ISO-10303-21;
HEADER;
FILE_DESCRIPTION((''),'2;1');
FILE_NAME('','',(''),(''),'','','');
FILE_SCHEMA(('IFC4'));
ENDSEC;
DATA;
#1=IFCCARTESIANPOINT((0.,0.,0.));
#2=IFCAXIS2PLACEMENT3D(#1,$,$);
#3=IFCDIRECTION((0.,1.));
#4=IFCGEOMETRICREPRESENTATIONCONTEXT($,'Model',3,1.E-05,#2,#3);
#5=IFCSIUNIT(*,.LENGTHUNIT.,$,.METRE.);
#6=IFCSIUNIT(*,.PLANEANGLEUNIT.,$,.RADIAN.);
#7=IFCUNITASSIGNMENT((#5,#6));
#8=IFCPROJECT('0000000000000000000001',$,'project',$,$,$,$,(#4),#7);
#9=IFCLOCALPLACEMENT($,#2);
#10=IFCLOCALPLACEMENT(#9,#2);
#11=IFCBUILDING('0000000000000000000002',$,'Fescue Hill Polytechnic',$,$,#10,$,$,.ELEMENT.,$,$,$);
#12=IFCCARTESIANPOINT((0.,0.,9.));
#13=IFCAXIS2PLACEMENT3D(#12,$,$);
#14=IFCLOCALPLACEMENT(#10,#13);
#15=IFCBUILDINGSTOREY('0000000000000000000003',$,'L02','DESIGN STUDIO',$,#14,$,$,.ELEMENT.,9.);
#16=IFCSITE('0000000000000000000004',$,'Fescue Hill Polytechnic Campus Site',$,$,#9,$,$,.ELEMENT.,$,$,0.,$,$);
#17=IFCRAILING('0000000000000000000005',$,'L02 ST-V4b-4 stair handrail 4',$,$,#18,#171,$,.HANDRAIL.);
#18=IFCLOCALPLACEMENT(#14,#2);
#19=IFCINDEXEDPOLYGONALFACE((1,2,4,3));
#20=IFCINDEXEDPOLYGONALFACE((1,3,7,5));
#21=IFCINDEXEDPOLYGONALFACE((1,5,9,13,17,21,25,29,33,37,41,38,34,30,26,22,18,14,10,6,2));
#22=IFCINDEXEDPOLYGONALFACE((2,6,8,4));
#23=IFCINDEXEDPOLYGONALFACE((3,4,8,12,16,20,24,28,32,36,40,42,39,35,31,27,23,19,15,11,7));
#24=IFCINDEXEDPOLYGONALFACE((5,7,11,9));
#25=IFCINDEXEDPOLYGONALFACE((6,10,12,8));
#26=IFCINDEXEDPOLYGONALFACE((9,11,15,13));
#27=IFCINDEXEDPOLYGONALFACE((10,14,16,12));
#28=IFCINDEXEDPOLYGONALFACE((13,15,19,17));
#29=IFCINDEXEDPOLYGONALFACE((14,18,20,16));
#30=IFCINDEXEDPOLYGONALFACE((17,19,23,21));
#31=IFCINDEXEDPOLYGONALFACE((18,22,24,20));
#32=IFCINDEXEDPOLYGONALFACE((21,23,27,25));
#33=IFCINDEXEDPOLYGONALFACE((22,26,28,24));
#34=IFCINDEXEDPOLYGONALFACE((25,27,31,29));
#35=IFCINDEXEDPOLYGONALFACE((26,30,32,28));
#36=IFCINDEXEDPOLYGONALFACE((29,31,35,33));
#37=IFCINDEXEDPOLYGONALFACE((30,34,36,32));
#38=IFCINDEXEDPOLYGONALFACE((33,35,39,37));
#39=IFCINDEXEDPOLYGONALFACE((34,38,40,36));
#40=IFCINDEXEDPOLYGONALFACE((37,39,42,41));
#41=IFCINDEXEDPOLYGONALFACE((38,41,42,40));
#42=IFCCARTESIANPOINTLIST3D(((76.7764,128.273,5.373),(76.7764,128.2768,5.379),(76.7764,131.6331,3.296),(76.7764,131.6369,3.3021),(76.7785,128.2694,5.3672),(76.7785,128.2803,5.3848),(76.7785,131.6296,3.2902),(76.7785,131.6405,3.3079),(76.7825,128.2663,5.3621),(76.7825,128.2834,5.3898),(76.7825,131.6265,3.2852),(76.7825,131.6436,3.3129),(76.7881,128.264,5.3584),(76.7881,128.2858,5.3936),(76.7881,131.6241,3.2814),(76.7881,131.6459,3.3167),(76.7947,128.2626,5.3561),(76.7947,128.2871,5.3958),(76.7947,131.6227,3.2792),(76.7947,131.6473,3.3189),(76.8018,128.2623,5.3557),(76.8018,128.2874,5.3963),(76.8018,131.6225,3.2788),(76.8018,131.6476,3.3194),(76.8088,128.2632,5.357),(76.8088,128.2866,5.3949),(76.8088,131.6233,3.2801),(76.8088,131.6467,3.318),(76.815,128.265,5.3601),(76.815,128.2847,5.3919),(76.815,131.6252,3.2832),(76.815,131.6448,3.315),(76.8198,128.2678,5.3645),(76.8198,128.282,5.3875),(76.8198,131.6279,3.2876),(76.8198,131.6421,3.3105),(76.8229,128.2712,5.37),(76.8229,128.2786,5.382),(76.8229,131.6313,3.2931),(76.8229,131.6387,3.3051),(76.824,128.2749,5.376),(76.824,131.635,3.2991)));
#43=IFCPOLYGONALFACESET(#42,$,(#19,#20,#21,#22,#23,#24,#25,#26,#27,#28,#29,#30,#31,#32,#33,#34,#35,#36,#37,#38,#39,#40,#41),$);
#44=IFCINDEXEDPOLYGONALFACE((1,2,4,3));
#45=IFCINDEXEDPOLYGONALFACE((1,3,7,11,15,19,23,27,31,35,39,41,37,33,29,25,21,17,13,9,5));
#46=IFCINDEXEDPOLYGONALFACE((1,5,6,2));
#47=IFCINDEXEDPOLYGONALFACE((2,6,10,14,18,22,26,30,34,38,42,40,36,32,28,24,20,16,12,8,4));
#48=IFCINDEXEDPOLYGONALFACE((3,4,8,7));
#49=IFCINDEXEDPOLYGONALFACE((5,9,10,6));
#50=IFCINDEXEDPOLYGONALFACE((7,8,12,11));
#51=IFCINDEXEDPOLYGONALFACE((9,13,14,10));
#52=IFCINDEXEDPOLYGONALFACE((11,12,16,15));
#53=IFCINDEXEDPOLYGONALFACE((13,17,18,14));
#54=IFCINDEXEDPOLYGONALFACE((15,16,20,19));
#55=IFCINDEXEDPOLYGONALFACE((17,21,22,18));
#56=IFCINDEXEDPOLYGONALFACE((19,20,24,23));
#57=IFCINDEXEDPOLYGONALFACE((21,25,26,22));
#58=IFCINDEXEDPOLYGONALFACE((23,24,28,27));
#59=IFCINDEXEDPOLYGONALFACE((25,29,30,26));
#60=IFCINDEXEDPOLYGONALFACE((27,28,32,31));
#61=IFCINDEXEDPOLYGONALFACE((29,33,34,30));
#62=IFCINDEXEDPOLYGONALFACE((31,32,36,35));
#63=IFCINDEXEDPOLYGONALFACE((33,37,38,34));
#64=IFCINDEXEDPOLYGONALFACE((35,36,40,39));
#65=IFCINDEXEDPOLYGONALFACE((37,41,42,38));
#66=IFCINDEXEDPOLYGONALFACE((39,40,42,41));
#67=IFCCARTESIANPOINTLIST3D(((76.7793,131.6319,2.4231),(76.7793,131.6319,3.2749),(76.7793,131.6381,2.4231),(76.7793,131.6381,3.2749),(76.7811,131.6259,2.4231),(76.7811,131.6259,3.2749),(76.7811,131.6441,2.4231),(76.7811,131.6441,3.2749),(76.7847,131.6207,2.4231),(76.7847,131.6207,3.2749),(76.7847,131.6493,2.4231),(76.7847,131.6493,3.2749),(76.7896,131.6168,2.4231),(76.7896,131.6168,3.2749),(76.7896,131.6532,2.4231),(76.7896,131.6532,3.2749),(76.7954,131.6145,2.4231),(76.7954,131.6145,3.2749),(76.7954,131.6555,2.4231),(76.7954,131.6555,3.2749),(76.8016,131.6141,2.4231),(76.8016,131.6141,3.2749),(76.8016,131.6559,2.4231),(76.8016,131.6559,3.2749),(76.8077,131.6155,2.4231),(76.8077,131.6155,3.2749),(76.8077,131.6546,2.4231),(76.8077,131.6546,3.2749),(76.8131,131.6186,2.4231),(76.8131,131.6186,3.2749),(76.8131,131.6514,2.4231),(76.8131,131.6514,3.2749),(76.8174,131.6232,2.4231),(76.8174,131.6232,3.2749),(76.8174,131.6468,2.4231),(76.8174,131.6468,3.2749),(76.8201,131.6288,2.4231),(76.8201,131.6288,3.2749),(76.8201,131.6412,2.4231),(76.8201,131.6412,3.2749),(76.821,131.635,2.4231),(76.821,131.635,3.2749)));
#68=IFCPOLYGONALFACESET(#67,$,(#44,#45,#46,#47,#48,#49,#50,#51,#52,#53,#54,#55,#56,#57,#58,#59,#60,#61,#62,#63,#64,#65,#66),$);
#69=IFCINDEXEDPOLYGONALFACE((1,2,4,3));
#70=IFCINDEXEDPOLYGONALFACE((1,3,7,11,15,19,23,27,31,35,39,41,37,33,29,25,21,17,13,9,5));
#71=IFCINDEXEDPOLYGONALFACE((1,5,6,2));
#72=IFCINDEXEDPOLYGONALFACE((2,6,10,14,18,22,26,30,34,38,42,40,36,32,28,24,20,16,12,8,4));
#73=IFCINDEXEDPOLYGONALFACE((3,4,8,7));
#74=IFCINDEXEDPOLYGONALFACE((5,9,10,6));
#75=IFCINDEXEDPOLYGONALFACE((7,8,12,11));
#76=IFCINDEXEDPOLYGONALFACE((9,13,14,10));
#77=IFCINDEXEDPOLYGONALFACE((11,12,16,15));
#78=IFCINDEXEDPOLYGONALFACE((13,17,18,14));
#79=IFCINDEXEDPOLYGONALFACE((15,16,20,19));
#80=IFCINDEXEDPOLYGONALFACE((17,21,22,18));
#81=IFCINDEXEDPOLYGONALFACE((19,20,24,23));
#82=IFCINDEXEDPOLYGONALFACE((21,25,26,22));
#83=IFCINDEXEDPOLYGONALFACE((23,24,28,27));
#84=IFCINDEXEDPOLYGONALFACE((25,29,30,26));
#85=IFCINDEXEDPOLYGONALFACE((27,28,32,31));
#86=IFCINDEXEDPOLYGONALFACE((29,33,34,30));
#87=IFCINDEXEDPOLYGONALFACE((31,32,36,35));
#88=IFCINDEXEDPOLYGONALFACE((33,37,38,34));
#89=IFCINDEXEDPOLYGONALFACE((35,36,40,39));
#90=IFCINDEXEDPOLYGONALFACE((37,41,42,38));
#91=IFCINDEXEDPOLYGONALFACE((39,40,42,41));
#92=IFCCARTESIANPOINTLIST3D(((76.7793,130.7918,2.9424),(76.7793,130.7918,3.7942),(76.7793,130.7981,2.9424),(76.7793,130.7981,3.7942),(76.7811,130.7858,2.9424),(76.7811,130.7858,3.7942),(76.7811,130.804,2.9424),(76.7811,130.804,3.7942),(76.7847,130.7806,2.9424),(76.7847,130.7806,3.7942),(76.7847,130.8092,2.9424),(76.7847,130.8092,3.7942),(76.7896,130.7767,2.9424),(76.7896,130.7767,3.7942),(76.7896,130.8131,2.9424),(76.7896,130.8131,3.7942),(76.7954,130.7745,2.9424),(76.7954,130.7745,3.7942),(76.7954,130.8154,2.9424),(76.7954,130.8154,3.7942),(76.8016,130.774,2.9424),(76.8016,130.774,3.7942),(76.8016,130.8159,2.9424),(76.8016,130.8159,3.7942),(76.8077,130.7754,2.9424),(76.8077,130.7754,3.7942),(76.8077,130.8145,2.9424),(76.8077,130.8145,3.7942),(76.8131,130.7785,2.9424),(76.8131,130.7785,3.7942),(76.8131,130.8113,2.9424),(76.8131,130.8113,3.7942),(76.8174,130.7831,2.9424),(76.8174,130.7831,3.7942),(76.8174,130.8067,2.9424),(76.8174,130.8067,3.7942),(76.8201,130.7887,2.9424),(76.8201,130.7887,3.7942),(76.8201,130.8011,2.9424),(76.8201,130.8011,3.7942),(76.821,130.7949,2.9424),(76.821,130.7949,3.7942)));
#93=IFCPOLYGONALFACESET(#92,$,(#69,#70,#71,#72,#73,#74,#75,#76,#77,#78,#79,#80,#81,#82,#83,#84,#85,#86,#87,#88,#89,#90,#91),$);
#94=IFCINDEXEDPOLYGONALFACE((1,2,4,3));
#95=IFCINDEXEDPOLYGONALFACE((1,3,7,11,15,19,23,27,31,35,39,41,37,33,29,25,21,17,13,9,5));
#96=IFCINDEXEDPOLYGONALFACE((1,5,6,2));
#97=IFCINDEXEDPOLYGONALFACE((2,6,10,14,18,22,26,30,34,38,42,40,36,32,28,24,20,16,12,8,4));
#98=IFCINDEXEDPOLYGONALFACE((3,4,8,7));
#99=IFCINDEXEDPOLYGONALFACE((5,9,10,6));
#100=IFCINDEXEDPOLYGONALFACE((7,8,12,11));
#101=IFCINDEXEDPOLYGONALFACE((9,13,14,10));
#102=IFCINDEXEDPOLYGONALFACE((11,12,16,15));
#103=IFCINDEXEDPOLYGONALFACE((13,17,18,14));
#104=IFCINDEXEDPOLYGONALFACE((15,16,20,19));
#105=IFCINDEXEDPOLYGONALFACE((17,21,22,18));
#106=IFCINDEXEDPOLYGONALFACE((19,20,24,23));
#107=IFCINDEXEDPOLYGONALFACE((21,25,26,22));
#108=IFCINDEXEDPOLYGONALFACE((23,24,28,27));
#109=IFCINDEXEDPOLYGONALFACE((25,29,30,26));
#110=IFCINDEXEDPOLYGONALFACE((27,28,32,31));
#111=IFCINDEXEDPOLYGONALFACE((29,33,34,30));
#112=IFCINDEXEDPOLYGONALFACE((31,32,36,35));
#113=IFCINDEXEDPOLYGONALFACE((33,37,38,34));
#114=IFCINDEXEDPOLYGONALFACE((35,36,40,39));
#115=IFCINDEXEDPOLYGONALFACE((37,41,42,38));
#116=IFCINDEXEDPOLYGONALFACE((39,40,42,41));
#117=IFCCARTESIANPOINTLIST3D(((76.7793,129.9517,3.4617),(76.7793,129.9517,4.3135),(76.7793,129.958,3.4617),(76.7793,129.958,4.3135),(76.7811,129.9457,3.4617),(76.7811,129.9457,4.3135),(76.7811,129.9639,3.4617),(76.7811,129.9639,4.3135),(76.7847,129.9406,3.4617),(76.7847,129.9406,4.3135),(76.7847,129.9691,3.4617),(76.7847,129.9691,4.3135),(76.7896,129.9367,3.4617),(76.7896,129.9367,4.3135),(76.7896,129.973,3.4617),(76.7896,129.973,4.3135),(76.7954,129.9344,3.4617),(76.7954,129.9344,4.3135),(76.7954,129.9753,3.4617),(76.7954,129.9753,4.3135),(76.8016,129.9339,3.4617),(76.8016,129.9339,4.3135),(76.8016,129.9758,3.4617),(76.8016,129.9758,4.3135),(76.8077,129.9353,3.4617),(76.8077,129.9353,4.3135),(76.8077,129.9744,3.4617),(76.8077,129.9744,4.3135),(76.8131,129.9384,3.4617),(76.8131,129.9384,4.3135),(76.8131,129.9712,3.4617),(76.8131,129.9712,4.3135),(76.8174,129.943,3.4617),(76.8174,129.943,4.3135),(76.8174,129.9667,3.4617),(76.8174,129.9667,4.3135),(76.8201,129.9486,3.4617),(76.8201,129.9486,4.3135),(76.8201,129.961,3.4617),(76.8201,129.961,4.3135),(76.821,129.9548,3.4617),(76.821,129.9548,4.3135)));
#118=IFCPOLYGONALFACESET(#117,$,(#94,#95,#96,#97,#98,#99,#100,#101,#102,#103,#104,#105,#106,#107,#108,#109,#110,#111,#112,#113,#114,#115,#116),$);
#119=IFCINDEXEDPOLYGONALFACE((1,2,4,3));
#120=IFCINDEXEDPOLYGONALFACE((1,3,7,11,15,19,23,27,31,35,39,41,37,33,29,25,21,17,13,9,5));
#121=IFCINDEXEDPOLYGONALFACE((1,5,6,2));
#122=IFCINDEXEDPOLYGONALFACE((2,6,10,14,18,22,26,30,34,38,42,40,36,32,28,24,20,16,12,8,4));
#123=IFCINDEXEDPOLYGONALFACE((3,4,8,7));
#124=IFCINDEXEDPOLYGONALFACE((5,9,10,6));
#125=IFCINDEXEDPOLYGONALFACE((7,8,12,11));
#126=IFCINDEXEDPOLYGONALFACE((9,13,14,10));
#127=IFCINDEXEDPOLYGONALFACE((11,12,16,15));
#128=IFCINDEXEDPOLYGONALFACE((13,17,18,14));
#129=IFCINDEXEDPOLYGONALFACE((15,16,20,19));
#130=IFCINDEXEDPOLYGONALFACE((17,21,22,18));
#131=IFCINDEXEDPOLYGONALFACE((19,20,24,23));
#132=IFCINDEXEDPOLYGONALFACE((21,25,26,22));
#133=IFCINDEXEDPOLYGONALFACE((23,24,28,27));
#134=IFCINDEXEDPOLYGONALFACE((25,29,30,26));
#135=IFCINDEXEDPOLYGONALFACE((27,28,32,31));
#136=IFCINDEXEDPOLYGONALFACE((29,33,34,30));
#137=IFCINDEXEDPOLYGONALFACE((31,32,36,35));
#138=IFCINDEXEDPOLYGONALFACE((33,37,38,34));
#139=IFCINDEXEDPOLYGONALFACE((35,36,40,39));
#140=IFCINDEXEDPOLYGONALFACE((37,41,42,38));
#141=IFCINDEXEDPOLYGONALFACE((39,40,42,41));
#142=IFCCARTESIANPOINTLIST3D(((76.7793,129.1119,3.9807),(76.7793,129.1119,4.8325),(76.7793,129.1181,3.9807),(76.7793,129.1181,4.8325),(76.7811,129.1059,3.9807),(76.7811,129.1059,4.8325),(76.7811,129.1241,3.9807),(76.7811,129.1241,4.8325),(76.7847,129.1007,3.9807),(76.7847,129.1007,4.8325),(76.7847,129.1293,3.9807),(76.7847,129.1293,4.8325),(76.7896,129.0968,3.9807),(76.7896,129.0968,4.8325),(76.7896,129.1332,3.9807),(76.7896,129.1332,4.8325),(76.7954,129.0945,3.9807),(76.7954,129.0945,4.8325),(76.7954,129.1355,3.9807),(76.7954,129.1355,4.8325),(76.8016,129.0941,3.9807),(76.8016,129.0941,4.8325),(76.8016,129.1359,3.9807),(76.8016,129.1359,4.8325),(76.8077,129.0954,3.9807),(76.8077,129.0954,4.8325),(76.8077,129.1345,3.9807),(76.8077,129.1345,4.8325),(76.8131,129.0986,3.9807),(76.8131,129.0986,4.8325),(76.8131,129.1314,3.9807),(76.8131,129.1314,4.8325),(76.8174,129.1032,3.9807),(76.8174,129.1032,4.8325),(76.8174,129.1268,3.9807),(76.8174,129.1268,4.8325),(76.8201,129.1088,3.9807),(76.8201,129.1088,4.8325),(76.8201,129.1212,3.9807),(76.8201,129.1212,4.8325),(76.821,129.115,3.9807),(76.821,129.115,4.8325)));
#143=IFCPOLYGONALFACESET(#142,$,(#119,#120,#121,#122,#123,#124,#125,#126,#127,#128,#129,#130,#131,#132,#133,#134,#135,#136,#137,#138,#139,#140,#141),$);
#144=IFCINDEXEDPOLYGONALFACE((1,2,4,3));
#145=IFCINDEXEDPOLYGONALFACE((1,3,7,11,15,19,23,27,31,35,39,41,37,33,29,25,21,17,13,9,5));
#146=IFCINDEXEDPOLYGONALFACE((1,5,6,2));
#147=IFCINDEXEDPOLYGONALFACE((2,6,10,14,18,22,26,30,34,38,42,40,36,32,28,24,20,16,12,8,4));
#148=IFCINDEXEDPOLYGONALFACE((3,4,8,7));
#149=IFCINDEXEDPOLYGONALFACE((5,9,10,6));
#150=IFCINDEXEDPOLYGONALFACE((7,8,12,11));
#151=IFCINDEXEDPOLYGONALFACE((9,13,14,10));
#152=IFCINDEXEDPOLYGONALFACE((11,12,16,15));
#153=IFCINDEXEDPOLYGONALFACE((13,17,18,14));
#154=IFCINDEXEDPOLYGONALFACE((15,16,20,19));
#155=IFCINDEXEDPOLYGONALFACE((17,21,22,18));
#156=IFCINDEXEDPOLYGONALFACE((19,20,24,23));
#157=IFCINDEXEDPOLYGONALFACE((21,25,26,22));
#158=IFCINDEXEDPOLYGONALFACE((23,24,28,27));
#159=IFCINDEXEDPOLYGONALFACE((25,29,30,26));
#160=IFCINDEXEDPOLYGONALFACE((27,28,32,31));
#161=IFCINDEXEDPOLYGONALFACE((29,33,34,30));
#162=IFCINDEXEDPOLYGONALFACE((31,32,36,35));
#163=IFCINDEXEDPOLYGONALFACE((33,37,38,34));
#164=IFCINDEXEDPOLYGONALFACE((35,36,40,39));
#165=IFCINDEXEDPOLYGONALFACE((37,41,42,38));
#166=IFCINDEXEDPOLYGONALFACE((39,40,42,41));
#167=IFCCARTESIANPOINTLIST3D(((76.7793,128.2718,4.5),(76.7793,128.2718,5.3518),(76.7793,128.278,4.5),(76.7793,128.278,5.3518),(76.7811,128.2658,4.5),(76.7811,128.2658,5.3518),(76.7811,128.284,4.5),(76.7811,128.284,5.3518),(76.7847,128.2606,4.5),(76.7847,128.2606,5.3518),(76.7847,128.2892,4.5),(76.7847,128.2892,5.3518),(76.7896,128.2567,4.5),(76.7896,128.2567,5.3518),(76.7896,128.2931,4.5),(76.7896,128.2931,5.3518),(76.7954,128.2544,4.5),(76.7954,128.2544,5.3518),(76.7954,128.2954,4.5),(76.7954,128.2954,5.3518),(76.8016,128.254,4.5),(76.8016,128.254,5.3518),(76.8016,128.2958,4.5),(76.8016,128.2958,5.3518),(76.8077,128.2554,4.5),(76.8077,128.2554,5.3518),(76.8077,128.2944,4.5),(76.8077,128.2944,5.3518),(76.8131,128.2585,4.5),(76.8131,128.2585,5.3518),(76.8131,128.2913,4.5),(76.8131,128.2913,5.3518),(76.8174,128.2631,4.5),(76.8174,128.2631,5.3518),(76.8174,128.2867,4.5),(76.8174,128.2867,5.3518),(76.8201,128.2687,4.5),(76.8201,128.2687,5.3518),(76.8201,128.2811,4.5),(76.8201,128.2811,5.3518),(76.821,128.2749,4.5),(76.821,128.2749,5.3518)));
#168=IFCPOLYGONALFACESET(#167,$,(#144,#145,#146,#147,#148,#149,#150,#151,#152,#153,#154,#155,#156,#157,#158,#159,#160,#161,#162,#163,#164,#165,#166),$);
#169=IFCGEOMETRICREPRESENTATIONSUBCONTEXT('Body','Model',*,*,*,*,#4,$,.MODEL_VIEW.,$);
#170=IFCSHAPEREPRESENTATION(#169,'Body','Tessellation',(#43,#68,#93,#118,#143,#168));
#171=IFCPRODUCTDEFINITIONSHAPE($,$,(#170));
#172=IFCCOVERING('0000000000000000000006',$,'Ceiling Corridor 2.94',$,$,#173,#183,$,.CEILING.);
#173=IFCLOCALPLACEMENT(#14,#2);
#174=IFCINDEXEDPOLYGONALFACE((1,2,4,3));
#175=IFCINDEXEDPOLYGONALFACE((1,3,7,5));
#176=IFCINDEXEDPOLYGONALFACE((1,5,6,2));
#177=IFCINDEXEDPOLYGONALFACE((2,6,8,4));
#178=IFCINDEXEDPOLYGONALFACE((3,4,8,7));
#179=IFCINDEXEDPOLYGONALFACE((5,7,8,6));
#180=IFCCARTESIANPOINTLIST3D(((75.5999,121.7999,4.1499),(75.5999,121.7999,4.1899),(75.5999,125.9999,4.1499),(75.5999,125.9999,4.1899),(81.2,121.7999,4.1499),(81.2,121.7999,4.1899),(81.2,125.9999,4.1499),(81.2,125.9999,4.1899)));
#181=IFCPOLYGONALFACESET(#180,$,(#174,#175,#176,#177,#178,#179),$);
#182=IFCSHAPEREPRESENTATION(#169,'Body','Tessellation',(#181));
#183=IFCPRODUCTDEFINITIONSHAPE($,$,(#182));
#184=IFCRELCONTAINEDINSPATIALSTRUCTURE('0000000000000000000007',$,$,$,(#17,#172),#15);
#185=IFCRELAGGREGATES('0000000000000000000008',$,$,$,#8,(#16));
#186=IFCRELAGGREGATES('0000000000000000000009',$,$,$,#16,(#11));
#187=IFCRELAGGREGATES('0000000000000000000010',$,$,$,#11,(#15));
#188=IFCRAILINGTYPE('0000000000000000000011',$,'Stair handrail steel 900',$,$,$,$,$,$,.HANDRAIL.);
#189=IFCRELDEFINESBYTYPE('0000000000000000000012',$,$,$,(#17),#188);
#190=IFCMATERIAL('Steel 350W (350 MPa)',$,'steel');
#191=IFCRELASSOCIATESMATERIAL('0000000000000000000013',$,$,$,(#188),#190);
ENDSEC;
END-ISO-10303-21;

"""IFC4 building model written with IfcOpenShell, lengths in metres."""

from ifc_helpers import new_model, si_unit, direction, frame, origin, origin_2d, place, context, subcontext, project, spatial, rectangle, circle, extrude, material, type_object, element, save


model = new_model("IFC4")

# Units and contexts
model_context = context("Model", 3, precision=1e-05, world=origin(), true_north=direction((0.0, 1.0)))
body_context = subcontext(model_context, "Body", "Model", "MODEL_VIEW")
ifc_project = project(units=[si_unit("LENGTHUNIT", "METRE"), si_unit("PLANEANGLEUNIT", "RADIAN")], contexts=[model_context])

# Site, building, storey
site_placement = place(None, origin())
site = spatial("IfcSite", under=ifc_project, at=site_placement, Name="Fescue Hill Polytechnic Campus Site", CompositionType="ELEMENT", RefElevation=0.0)
building_placement = place(site_placement, origin())
building = spatial("IfcBuilding", under=site, at=building_placement, Name="Fescue Hill Polytechnic", CompositionType="ELEMENT")
storey_placement = place(building_placement, frame((0.0, 0.0, 9.0)))
storey = spatial("IfcBuildingStorey", under=building, at=storey_placement, Name="L02", Description="DESIGN STUDIO", CompositionType="ELEMENT", Elevation=9.0)

# Railing
ifc_material_1 = material(Name="Steel 350W (350 MPa)", Category="steel")
railing_type_1 = type_object("IfcRailingType", Name="Stair handrail steel 900", PredefinedType="HANDRAIL", material=ifc_material_1)
for number, where, name in (
    (1, (76.8, 131.635, 2.4231), "L02 ST-V4b-4 stair handrail 4"),
):
    element("IfcRailing", number, at=place(storey_placement, frame(where)), inside=storey, type_object=railing_type_1, Name=name, PredefinedType="HANDRAIL", context=body_context, shape_type="SweptSolid", body=[
        extrude(circle(Radius=0.0239, at=origin_2d()), frame((0.0, 0.0, 0.876), z_axis=(0.0, -0.850623, 0.525776), x_axis=(1.0, 0.0, 0.0)), (0.0, 0.0, 1.0), 3.9502),
        extrude(circle(Radius=0.021, at=origin_2d()), origin(), (0.0, 0.0, 1.0), 0.8518),
        extrude(circle(Radius=0.021, at=origin_2d()), frame((0.0, -0.8401, 0.5193)), (0.0, 0.0, 1.0), 0.8518),
        extrude(circle(Radius=0.021, at=origin_2d()), frame((0.0, -1.6802, 1.0386)), (0.0, 0.0, 1.0), 0.8518),
        extrude(circle(Radius=0.021, at=origin_2d()), frame((0.0, -2.52, 1.5576)), (0.0, 0.0, 1.0), 0.8518),
        extrude(circle(Radius=0.021, at=origin_2d()), frame((0.0, -3.3601, 2.0769)), (0.0, 0.0, 1.0), 0.8518),
    ])

# Covering
covering_placement = place(storey_placement, frame((78.3999, 123.8999, 4.1499), z_axis=(0.0, 0.0, 1.0), x_axis=(1.0, 0.0, 0.0)))
element("IfcCovering", 2, at=covering_placement, inside=storey, Name="Ceiling Corridor 2.94", PredefinedType="CEILING", context=body_context, shape_type="SweptSolid", body=[
    extrude(rectangle(XDim=5.6001, YDim=4.2, at=origin_2d()), origin(), (0.0, 0.0, 1.0), 0.04),
])

save(model, "model.ifc")
